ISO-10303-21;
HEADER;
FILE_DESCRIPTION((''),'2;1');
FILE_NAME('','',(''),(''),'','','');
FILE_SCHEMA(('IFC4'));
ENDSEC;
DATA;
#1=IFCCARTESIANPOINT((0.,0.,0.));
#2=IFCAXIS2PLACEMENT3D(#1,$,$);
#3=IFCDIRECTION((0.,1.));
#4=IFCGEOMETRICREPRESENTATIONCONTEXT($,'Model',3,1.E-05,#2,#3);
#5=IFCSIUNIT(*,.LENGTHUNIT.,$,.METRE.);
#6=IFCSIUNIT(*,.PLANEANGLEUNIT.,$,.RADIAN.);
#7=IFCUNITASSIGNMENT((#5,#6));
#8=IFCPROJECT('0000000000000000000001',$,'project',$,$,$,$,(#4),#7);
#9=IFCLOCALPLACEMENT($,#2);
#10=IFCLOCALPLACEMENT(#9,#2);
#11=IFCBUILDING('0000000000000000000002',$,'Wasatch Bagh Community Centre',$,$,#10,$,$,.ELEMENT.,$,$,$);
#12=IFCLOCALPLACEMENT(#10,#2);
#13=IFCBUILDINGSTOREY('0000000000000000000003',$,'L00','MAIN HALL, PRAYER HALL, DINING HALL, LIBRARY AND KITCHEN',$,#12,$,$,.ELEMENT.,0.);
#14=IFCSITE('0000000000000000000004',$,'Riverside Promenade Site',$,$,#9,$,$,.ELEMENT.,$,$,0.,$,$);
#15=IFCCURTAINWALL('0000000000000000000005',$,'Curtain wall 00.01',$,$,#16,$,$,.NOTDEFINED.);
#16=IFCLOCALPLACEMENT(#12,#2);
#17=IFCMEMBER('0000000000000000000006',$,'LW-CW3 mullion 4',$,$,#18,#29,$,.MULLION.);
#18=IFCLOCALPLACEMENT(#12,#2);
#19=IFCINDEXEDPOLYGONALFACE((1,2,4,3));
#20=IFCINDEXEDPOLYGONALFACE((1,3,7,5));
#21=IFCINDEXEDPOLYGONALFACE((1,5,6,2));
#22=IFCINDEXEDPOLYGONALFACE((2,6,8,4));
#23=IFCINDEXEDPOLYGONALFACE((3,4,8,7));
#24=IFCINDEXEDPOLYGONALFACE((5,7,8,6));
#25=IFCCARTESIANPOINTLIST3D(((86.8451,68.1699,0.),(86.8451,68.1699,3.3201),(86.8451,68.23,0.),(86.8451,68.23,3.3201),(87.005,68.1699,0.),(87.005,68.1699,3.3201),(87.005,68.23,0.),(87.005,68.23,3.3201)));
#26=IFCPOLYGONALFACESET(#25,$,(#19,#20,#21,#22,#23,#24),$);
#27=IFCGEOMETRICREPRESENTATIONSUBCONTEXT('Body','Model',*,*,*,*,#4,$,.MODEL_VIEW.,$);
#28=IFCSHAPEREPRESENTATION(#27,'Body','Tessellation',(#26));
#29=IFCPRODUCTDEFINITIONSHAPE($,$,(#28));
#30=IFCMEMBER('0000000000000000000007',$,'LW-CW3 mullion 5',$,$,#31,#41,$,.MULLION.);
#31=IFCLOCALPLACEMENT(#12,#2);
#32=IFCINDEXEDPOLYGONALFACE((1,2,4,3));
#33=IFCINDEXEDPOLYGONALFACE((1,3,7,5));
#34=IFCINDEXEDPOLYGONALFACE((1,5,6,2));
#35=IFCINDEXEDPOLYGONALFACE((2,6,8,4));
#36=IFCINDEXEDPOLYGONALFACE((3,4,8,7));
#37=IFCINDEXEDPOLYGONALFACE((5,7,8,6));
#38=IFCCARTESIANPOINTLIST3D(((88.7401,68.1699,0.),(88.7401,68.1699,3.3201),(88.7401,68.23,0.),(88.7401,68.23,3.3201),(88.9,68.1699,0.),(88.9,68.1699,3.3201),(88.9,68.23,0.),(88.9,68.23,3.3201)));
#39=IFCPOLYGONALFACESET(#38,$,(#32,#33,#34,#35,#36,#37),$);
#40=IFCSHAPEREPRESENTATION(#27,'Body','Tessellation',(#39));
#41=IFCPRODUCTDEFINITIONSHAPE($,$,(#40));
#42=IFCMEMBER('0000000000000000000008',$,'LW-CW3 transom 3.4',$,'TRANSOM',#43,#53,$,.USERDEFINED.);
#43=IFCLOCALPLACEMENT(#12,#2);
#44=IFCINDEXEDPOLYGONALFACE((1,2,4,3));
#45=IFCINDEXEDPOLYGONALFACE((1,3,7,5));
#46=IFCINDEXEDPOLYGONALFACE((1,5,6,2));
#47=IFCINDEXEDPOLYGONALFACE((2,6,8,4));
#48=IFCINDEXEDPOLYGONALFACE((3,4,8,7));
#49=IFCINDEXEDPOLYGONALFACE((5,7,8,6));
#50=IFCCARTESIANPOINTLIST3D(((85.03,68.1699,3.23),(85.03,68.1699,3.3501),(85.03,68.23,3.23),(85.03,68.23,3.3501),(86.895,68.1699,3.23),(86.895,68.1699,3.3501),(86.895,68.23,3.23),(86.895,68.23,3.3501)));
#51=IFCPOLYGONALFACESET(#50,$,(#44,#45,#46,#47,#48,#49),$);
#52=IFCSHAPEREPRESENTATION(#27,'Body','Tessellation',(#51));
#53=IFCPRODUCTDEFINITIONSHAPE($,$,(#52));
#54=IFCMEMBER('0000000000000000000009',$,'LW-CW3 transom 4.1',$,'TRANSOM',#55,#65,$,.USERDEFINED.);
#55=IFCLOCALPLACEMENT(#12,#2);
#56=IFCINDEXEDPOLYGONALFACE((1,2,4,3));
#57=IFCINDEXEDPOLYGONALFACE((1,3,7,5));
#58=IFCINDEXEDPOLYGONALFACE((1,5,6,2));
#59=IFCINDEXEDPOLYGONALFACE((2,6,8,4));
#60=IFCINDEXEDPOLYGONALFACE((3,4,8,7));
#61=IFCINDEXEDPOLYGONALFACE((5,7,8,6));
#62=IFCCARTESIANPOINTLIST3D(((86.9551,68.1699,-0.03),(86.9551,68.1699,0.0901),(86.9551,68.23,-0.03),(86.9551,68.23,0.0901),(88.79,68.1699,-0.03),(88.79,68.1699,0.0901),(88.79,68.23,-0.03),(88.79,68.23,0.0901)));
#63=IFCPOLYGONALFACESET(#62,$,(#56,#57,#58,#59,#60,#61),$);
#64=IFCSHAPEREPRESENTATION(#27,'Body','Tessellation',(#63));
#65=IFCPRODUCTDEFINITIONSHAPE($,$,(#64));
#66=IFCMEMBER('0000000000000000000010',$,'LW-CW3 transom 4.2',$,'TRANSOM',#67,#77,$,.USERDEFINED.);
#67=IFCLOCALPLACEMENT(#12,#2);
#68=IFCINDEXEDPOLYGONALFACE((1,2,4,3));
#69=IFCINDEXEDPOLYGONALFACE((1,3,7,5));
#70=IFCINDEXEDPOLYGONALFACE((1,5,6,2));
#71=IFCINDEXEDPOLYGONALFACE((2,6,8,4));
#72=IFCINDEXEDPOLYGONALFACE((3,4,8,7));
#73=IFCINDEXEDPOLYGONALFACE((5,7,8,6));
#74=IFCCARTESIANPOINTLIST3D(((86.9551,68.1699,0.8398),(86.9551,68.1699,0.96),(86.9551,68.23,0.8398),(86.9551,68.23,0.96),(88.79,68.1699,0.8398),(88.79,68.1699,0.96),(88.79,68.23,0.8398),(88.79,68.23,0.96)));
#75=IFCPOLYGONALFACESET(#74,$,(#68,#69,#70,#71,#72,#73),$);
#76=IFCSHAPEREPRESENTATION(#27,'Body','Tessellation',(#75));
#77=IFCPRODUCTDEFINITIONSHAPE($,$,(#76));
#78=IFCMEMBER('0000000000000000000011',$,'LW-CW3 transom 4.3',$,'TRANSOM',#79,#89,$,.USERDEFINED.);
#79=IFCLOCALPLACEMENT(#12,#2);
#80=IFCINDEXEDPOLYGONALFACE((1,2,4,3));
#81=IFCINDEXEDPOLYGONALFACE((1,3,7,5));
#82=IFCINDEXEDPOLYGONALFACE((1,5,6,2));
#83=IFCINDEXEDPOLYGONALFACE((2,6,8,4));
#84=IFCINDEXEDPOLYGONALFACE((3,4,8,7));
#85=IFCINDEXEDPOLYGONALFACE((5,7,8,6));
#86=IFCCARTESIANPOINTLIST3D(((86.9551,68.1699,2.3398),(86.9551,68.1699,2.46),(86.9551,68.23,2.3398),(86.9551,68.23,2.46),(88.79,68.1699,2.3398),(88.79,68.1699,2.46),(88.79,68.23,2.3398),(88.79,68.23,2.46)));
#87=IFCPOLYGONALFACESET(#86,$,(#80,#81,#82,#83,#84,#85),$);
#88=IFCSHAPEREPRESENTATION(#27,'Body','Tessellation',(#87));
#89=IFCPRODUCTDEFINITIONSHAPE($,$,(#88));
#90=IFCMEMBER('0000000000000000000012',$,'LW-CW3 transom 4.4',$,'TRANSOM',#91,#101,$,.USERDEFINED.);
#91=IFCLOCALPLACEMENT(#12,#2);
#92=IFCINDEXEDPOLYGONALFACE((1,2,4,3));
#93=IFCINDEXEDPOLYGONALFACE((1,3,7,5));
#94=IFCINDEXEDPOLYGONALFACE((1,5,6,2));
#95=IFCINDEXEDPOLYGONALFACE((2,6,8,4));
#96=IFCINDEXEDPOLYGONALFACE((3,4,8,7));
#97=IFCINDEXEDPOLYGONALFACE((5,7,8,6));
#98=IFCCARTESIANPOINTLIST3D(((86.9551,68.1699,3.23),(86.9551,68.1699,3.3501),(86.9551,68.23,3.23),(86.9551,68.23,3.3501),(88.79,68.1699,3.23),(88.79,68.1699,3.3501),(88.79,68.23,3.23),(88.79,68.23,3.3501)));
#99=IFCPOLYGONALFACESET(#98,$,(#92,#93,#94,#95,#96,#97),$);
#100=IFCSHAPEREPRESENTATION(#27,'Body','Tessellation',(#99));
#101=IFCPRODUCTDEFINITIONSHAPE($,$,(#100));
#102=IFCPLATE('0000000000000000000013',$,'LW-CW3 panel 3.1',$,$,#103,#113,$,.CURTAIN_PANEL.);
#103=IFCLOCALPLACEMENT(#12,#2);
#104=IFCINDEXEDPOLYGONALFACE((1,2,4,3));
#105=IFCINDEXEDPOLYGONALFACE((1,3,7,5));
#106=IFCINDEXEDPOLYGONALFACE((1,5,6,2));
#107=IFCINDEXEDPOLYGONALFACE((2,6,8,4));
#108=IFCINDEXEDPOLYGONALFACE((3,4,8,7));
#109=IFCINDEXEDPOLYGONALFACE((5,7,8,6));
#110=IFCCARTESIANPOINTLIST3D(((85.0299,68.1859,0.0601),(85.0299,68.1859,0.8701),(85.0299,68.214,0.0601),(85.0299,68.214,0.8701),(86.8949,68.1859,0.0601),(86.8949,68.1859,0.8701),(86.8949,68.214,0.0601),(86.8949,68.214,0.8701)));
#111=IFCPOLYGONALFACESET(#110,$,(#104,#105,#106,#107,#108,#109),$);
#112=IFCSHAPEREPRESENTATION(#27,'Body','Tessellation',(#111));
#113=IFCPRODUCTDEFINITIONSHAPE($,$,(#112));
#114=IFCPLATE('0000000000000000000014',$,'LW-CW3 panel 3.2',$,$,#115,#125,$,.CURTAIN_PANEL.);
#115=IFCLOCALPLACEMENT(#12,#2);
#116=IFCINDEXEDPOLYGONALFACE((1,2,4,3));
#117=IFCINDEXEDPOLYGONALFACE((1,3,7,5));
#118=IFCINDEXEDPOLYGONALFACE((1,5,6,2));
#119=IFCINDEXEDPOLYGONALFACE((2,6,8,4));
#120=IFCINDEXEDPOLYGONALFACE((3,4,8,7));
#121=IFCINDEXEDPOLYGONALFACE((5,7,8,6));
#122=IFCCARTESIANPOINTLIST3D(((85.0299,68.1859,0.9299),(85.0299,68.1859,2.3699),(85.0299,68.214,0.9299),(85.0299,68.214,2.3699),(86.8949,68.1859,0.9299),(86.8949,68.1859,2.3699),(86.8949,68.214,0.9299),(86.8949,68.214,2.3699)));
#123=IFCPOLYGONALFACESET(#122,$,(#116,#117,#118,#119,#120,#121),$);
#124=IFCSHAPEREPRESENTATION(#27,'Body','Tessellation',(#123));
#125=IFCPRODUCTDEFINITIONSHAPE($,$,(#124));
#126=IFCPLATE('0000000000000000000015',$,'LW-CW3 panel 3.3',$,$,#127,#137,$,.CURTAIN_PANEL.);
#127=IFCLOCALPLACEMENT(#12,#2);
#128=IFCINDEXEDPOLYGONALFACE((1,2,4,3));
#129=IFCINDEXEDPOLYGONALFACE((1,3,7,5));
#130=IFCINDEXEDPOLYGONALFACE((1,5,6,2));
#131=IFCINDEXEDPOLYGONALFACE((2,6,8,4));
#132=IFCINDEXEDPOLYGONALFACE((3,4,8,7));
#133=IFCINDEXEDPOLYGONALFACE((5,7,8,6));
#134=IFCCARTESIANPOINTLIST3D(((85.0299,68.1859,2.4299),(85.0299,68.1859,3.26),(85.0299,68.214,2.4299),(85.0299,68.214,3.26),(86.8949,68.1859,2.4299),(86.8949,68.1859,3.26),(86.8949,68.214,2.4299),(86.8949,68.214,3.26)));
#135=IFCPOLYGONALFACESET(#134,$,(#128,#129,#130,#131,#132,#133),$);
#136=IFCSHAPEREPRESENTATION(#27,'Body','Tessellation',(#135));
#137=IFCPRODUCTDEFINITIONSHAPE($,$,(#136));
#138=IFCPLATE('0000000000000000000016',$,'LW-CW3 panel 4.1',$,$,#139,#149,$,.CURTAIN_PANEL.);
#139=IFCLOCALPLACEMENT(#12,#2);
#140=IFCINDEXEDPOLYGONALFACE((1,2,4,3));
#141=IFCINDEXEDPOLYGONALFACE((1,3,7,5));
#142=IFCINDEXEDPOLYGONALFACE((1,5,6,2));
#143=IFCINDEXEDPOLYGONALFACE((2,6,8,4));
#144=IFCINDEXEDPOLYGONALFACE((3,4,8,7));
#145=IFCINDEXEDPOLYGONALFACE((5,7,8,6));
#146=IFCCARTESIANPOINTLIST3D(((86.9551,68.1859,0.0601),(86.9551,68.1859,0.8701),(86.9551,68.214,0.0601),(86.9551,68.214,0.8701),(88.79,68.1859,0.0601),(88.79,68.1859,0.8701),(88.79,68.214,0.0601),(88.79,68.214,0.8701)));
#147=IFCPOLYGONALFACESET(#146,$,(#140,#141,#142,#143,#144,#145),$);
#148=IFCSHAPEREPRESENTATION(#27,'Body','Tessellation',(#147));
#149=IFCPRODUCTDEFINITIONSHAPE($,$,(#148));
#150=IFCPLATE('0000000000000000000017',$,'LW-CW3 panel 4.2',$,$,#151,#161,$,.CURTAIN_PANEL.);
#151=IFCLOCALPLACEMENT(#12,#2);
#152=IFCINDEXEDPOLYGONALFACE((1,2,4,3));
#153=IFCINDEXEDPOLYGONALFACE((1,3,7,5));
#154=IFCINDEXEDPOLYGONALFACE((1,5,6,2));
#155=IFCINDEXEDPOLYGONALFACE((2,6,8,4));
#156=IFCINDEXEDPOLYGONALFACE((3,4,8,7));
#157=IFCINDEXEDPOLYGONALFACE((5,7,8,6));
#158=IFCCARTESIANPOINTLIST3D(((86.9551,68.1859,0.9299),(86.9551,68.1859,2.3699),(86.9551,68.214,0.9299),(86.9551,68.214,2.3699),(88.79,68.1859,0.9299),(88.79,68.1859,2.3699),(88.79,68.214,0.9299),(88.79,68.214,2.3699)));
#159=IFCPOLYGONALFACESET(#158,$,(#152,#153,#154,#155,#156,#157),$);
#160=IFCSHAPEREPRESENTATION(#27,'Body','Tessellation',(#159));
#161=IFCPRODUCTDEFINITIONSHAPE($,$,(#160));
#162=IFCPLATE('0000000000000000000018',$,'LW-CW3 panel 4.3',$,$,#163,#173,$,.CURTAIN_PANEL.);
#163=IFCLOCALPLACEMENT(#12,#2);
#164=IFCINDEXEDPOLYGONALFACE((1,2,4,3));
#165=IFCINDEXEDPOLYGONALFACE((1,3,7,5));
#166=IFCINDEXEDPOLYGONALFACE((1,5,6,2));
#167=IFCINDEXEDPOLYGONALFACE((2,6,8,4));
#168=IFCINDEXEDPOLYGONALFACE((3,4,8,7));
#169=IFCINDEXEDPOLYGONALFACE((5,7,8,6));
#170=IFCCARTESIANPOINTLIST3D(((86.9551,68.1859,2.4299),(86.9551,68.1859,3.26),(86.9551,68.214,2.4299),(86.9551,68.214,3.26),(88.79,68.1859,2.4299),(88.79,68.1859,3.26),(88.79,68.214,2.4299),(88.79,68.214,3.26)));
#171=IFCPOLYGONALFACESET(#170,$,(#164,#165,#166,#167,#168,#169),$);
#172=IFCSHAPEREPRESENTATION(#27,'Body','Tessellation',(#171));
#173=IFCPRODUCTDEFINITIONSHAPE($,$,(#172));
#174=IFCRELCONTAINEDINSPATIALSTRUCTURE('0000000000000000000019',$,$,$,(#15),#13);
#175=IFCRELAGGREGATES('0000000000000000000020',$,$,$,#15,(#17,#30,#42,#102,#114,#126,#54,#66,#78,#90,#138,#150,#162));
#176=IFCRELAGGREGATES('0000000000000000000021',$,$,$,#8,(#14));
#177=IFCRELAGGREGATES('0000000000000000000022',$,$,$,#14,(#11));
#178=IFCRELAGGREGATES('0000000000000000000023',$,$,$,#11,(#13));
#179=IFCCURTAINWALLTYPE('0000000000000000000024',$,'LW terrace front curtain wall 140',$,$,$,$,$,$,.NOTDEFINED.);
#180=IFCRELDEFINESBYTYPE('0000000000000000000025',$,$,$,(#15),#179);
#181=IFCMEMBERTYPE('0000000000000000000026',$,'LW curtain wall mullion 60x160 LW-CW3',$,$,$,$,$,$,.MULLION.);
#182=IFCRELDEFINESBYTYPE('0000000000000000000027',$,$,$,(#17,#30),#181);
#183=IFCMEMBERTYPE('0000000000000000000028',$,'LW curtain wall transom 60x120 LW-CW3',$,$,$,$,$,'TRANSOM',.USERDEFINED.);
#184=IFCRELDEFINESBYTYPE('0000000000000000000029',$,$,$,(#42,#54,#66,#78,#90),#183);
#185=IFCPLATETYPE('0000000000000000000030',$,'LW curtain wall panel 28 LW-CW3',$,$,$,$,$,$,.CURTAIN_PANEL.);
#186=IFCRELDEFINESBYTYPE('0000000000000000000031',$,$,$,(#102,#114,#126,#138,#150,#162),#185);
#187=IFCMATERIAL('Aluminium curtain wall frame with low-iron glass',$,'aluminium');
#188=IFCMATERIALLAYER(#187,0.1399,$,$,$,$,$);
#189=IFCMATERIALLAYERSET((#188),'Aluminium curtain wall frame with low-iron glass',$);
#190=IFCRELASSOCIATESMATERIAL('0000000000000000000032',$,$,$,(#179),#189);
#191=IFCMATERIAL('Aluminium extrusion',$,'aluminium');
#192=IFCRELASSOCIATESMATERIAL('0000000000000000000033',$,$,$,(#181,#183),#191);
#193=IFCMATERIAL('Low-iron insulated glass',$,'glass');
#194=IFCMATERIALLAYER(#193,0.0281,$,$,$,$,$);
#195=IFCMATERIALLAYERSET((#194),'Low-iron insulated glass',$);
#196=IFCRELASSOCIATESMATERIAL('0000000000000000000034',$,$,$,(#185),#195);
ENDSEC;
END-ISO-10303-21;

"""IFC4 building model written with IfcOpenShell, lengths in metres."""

from ifc_helpers import new_model, si_unit, direction, frame, origin, origin_2d, place, context, subcontext, project, spatial, rectangle, extrude, material, layer, layer_set, material_profile, profile_set, type_object, element, aggregate, save


model = new_model("IFC4")

# Units and contexts
model_context = context("Model", 3, precision=1e-05, world=origin(), true_north=direction((0.0, 1.0)))
body_context = subcontext(model_context, "Body", "Model", "MODEL_VIEW")
ifc_project = project(units=[si_unit("LENGTHUNIT", "METRE"), si_unit("PLANEANGLEUNIT", "RADIAN")], contexts=[model_context])

# Site, building, storey
site_placement = place(None, origin())
site = spatial("IfcSite", under=ifc_project, at=site_placement, Name="Riverside Promenade Site", CompositionType="ELEMENT", RefElevation=0.0)
building_placement = place(site_placement, origin())
building = spatial("IfcBuilding", under=site, at=building_placement, Name="Wasatch Bagh Community Centre", CompositionType="ELEMENT")
storey_placement = place(building_placement, origin())
storey = spatial("IfcBuildingStorey", under=building, at=storey_placement, Name="L00", Description="MAIN HALL, PRAYER HALL, DINING HALL, LIBRARY AND KITCHEN", CompositionType="ELEMENT", Elevation=0.0)

# Curtain wall, members, plates
ifc_material_1 = material(Name="Aluminium curtain wall frame with low-iron glass", Category="aluminium")
ifc_layer_1 = layer(ifc_material_1, 0.1399)
ifc_layer_set_1 = layer_set([ifc_layer_1], Name="Aluminium curtain wall frame with low-iron glass")
curtain_wall_type = type_object("IfcCurtainWallType", Name="LW terrace front curtain wall 140", PredefinedType="NOTDEFINED", material=ifc_layer_set_1)
curtain_wall_placement = place(storey_placement, origin())
curtain_wall = element("IfcCurtainWall", 1, at=curtain_wall_placement, inside=storey, type_object=curtain_wall_type, Name="Curtain wall 00.01", PredefinedType="NOTDEFINED")
ifc_material_2 = material(Name="Aluminium extrusion", Category="aluminium")
ifc_material_profile_1 = material_profile(ifc_material_2, rectangle(XDim=0.0601, YDim=0.1599, at=origin_2d()), Name="AL 60x160")
ifc_profile_set_1 = profile_set([ifc_material_profile_1], Name="Aluminium extrusion")
member_type_1 = type_object("IfcMemberType", Name="LW curtain wall mullion 60x160 LW-CW3", PredefinedType="MULLION", material=ifc_profile_set_1)
member_1_placement = place(storey_placement, frame((86.925, 68.2, 0.0), z_axis=(0.0, 0.0, 1.0), x_axis=(0.0, 1.0, 0.0)))
member_1 = element("IfcMember", 2, at=member_1_placement, type_object=member_type_1, Name="LW-CW3 mullion 4", PredefinedType="MULLION", context=body_context, shape_type="SweptSolid", body=[
    extrude(rectangle(XDim=0.0601, YDim=0.1599, at=origin_2d()), origin(), (0.0, 0.0, 1.0), 3.3201),
])
member_2_placement = place(storey_placement, frame((88.8201, 68.2, 0.0), z_axis=(0.0, 0.0, 1.0), x_axis=(0.0, 1.0, 0.0)))
member_2 = element("IfcMember", 3, at=member_2_placement, type_object=member_type_1, Name="LW-CW3 mullion 5", PredefinedType="MULLION", context=body_context, shape_type="SweptSolid", body=[
    extrude(rectangle(XDim=0.0601, YDim=0.1599, at=origin_2d()), origin(), (0.0, 0.0, 1.0), 3.3201),
])
ifc_material_profile_2 = material_profile(ifc_material_2, rectangle(XDim=0.0601, YDim=0.1201, at=origin_2d()), Name="AL 60x120")
ifc_profile_set_2 = profile_set([ifc_material_profile_2], Name="Aluminium extrusion")
member_type_2 = type_object("IfcMemberType", Name="LW curtain wall transom 60x120 LW-CW3", ElementType="TRANSOM", PredefinedType="USERDEFINED", material=ifc_profile_set_2)
member_3_placement = place(storey_placement, frame((85.03, 68.2, 3.29), z_axis=(1.0, 0.0, 0.0), x_axis=(0.0, 1.0, 0.0)))
member_3 = element("IfcMember", 4, at=member_3_placement, type_object=member_type_2, Name="LW-CW3 transom 3.4", ObjectType="TRANSOM", PredefinedType="USERDEFINED", context=body_context, shape_type="SweptSolid", body=[
    extrude(rectangle(XDim=0.0601, YDim=0.1201, at=origin_2d()), origin(), (0.0, 0.0, 1.0), 1.865),
])
member_4_placement = place(storey_placement, frame((86.9551, 68.2, 0.03), z_axis=(1.0, 0.0, 0.0), x_axis=(0.0, 1.0, 0.0)))
member_4 = element("IfcMember", 5, at=member_4_placement, type_object=member_type_2, Name="LW-CW3 transom 4.1", ObjectType="TRANSOM", PredefinedType="USERDEFINED", context=body_context, shape_type="SweptSolid", body=[
    extrude(rectangle(XDim=0.0601, YDim=0.1201, at=origin_2d()), origin(), (0.0, 0.0, 1.0), 1.835),
])
member_5_placement = place(storey_placement, frame((86.9551, 68.2, 0.8999), z_axis=(1.0, 0.0, 0.0), x_axis=(0.0, 1.0, 0.0)))
member_5 = element("IfcMember", 6, at=member_5_placement, type_object=member_type_2, Name="LW-CW3 transom 4.2", ObjectType="TRANSOM", PredefinedType="USERDEFINED", context=body_context, shape_type="SweptSolid", body=[
    extrude(rectangle(XDim=0.0601, YDim=0.1201, at=origin_2d()), origin(), (0.0, 0.0, 1.0), 1.835),
])
member_6_placement = place(storey_placement, frame((86.9551, 68.2, 2.3999), z_axis=(1.0, 0.0, 0.0), x_axis=(0.0, 1.0, 0.0)))
member_6 = element("IfcMember", 7, at=member_6_placement, type_object=member_type_2, Name="LW-CW3 transom 4.3", ObjectType="TRANSOM", PredefinedType="USERDEFINED", context=body_context, shape_type="SweptSolid", body=[
    extrude(rectangle(XDim=0.0601, YDim=0.1201, at=origin_2d()), origin(), (0.0, 0.0, 1.0), 1.835),
])
member_7_placement = place(storey_placement, frame((86.9551, 68.2, 3.29), z_axis=(1.0, 0.0, 0.0), x_axis=(0.0, 1.0, 0.0)))
member_7 = element("IfcMember", 8, at=member_7_placement, type_object=member_type_2, Name="LW-CW3 transom 4.4", ObjectType="TRANSOM", PredefinedType="USERDEFINED", context=body_context, shape_type="SweptSolid", body=[
    extrude(rectangle(XDim=0.0601, YDim=0.1201, at=origin_2d()), origin(), (0.0, 0.0, 1.0), 1.835),
])
ifc_material_3 = material(Name="Low-iron insulated glass", Category="glass")
ifc_layer_2 = layer(ifc_material_3, 0.0281)
ifc_layer_set_2 = layer_set([ifc_layer_2], Name="Low-iron insulated glass")
plate_type = type_object("IfcPlateType", Name="LW curtain wall panel 28 LW-CW3", PredefinedType="CURTAIN_PANEL", material=ifc_layer_set_2)
plate_1_placement = place(storey_placement, frame((85.9624, 68.2, 0.0601), z_axis=(0.0, 0.0, 1.0), x_axis=(1.0, 0.0, 0.0)))
plate_1 = element("IfcPlate", 9, at=plate_1_placement, type_object=plate_type, Name="LW-CW3 panel 3.1", PredefinedType="CURTAIN_PANEL", context=body_context, shape_type="SweptSolid", body=[
    extrude(rectangle(XDim=1.865, YDim=0.0281, at=origin_2d()), origin(), (0.0, 0.0, 1.0), 0.8101),
])
plate_2_placement = place(storey_placement, frame((85.9624, 68.2, 0.9299), z_axis=(0.0, 0.0, 1.0), x_axis=(1.0, 0.0, 0.0)))
plate_2 = element("IfcPlate", 10, at=plate_2_placement, type_object=plate_type, Name="LW-CW3 panel 3.2", PredefinedType="CURTAIN_PANEL", context=body_context, shape_type="SweptSolid", body=[
    extrude(rectangle(XDim=1.865, YDim=0.0281, at=origin_2d()), origin(), (0.0, 0.0, 1.0), 1.4399),
])
plate_3_placement = place(storey_placement, frame((85.9624, 68.2, 2.4299), z_axis=(0.0, 0.0, 1.0), x_axis=(1.0, 0.0, 0.0)))
plate_3 = element("IfcPlate", 11, at=plate_3_placement, type_object=plate_type, Name="LW-CW3 panel 3.3", PredefinedType="CURTAIN_PANEL", context=body_context, shape_type="SweptSolid", body=[
    extrude(rectangle(XDim=1.865, YDim=0.0281, at=origin_2d()), origin(), (0.0, 0.0, 1.0), 0.8301),
])
plate_4_placement = place(storey_placement, frame((87.8726, 68.2, 0.0601), z_axis=(0.0, 0.0, 1.0), x_axis=(1.0, 0.0, 0.0)))
plate_4 = element("IfcPlate", 12, at=plate_4_placement, type_object=plate_type, Name="LW-CW3 panel 4.1", PredefinedType="CURTAIN_PANEL", context=body_context, shape_type="SweptSolid", body=[
    extrude(rectangle(XDim=1.835, YDim=0.0281, at=origin_2d()), origin(), (0.0, 0.0, 1.0), 0.8101),
])
plate_5_placement = place(storey_placement, frame((87.8726, 68.2, 0.9299), z_axis=(0.0, 0.0, 1.0), x_axis=(1.0, 0.0, 0.0)))
plate_5 = element("IfcPlate", 13, at=plate_5_placement, type_object=plate_type, Name="LW-CW3 panel 4.2", PredefinedType="CURTAIN_PANEL", context=body_context, shape_type="SweptSolid", body=[
    extrude(rectangle(XDim=1.835, YDim=0.0281, at=origin_2d()), origin(), (0.0, 0.0, 1.0), 1.4399),
])
plate_6_placement = place(storey_placement, frame((87.8726, 68.2, 2.4299), z_axis=(0.0, 0.0, 1.0), x_axis=(1.0, 0.0, 0.0)))
plate_6 = element("IfcPlate", 14, at=plate_6_placement, type_object=plate_type, Name="LW-CW3 panel 4.3", PredefinedType="CURTAIN_PANEL", context=body_context, shape_type="SweptSolid", body=[
    extrude(rectangle(XDim=1.835, YDim=0.0281, at=origin_2d()), origin(), (0.0, 0.0, 1.0), 0.8301),
])
aggregate(curtain_wall, [member_1, member_2, member_3, plate_1, plate_2, plate_3, member_4, member_5, member_6, member_7, plate_4, plate_5, plate_6])

save(model, "model.ifc")
